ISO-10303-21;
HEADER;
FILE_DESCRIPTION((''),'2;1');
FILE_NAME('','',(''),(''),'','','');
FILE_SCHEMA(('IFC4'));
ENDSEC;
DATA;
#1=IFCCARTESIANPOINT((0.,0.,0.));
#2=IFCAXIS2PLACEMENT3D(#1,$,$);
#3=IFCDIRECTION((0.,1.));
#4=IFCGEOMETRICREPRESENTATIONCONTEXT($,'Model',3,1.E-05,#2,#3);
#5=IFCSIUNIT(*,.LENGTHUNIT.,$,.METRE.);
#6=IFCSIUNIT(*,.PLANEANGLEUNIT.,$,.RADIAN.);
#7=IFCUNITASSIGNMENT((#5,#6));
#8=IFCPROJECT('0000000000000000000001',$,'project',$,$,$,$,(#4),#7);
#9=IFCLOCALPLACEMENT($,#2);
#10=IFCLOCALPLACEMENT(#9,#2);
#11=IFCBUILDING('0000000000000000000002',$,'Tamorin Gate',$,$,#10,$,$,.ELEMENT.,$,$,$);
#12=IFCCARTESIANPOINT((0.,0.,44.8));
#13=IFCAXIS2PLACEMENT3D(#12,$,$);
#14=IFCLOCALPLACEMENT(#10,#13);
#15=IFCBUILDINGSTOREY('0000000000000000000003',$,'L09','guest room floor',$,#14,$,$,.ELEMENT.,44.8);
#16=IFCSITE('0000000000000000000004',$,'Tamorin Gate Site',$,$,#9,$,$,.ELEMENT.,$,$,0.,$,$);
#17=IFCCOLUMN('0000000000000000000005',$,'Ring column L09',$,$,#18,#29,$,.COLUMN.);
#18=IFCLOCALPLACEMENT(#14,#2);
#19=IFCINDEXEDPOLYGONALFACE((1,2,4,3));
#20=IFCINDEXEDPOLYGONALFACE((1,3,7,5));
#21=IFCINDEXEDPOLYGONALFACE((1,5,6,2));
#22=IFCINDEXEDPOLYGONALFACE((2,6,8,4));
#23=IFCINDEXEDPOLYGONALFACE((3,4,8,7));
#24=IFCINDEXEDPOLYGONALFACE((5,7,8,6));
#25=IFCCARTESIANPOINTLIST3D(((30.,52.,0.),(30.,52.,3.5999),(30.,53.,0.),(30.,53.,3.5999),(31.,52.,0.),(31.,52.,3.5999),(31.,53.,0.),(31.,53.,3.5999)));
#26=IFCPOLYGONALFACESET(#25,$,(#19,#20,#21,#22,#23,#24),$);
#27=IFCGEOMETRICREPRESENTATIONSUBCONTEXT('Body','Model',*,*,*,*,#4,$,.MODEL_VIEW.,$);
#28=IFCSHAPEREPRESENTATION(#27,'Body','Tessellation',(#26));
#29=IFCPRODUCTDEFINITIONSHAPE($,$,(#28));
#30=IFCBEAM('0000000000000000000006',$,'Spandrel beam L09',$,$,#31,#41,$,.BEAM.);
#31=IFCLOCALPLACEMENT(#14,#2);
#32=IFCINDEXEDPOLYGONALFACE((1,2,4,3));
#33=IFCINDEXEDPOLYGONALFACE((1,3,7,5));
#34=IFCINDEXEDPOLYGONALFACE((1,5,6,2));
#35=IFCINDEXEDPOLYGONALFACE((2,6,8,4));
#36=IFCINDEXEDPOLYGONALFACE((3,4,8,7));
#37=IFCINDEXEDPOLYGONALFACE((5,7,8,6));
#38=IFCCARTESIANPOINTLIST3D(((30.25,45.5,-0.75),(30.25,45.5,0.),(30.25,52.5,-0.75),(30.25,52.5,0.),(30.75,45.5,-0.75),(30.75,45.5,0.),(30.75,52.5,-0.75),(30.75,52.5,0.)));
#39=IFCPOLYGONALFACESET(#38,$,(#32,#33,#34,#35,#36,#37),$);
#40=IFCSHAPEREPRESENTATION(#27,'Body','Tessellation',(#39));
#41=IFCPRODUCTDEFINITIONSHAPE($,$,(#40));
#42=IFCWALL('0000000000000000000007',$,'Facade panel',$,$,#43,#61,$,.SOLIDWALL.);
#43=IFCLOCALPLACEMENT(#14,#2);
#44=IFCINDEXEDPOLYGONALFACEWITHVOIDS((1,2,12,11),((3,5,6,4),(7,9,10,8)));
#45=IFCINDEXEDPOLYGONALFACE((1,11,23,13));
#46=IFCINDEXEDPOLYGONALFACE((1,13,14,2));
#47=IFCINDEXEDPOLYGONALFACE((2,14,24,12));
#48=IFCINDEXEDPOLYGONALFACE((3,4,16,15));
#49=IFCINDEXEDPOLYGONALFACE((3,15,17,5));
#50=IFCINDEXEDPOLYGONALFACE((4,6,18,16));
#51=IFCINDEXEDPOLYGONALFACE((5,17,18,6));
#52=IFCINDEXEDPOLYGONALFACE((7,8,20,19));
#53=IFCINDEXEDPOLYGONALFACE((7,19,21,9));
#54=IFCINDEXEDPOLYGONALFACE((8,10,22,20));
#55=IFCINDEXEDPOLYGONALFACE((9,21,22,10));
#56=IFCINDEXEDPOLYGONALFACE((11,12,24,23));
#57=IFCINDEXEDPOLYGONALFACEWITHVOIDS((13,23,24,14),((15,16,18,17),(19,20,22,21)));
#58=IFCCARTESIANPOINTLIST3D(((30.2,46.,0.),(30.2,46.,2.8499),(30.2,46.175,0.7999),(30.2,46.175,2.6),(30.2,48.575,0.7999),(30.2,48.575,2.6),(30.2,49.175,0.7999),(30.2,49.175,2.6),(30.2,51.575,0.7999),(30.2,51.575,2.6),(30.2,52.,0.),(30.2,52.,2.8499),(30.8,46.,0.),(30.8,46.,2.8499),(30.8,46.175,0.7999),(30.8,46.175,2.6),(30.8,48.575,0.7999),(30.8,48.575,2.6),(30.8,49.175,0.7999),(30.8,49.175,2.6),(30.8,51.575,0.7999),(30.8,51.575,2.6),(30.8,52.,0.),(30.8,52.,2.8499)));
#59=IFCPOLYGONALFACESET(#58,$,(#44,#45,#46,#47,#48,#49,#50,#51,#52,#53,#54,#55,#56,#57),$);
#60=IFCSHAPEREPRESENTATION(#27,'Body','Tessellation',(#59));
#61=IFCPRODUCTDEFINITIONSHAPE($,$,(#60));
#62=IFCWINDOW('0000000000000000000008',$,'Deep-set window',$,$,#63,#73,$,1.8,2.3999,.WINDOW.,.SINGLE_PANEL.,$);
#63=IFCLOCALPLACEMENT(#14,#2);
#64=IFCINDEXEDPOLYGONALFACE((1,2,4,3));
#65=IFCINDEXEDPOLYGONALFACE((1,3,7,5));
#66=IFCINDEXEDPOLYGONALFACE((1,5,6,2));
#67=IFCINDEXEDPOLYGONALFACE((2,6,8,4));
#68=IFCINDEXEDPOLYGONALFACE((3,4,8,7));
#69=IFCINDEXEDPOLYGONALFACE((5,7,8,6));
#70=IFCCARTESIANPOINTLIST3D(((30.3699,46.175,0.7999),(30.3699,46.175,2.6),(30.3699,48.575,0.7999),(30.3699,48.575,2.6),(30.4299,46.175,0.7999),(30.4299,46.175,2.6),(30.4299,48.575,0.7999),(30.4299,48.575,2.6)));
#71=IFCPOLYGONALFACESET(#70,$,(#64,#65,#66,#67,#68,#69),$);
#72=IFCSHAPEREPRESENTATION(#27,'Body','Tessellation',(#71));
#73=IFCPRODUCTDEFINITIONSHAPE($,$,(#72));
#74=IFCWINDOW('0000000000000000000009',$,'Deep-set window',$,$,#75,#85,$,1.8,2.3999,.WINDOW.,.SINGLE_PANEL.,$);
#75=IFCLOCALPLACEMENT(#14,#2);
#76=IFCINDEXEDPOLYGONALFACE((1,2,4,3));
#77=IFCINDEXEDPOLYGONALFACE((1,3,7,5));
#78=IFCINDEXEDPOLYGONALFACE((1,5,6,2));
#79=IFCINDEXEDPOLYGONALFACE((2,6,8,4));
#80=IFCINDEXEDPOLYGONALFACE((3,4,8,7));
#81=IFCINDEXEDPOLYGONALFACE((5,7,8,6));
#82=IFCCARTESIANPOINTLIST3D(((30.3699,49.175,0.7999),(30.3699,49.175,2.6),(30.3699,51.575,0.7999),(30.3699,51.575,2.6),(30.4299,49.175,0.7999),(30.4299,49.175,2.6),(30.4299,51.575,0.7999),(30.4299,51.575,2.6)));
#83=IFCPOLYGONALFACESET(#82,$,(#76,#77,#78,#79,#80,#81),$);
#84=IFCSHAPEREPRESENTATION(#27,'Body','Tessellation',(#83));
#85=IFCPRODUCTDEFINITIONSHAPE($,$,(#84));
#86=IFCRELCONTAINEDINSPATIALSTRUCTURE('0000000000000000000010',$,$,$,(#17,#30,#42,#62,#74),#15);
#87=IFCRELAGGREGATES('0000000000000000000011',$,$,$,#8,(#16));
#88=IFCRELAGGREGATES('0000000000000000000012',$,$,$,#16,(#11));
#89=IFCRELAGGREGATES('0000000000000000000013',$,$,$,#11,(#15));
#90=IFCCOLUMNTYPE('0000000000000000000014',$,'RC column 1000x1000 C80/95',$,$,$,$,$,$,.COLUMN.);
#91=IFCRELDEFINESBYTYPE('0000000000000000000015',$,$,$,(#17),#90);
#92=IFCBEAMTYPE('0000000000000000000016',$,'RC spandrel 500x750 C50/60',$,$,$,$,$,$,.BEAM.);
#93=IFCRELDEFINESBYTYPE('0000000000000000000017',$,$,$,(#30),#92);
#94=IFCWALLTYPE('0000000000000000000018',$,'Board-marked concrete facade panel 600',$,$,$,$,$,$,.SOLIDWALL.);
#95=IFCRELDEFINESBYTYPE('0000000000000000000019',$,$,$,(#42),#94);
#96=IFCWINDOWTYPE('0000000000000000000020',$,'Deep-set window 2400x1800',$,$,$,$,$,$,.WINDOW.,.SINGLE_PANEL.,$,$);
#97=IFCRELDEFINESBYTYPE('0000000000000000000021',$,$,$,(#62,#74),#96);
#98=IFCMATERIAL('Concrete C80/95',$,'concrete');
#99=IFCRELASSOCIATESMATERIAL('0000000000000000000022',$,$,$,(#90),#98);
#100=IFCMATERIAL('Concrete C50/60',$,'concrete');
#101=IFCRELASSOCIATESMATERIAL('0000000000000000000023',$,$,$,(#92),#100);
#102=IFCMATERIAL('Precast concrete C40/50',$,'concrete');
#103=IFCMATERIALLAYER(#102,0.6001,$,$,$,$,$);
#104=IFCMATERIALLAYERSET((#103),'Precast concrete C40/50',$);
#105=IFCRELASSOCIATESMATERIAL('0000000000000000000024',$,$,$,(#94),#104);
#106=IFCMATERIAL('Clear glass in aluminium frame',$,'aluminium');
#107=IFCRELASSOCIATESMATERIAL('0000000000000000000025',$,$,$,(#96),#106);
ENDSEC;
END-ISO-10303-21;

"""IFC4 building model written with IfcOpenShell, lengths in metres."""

from ifc_helpers import new_model, si_unit, direction, frame, frame_2d, origin, origin_2d, place, context, subcontext, project, spatial, rectangle, extrude, material, layer, layer_set, material_profile, profile_set, type_object, element, fill, save


model = new_model("IFC4")

# Units and contexts
model_context = context("Model", 3, precision=1e-05, world=origin(), true_north=direction((0.0, 1.0)))
body_context = subcontext(model_context, "Body", "Model", "MODEL_VIEW")
ifc_project = project(units=[si_unit("LENGTHUNIT", "METRE"), si_unit("PLANEANGLEUNIT", "RADIAN")], contexts=[model_context])

# Site, building, storey
site_placement = place(None, origin())
site = spatial("IfcSite", under=ifc_project, at=site_placement, Name="Tamorin Gate Site", CompositionType="ELEMENT", RefElevation=0.0)
building_placement = place(site_placement, origin())
building = spatial("IfcBuilding", under=site, at=building_placement, Name="Tamorin Gate", CompositionType="ELEMENT")
storey_placement = place(building_placement, frame((0.0, 0.0, 44.8)))
storey = spatial("IfcBuildingStorey", under=building, at=storey_placement, Name="L09", Description="guest room floor", CompositionType="ELEMENT", Elevation=44.8)

# Column
ifc_material_1 = material(Name="Concrete C80/95", Category="concrete")
ifc_material_profile_1 = material_profile(ifc_material_1, rectangle(XDim=1.0, YDim=1.0, at=origin_2d()), Name="RC 1000x1000")
ifc_profile_set_1 = profile_set([ifc_material_profile_1], Name="Concrete C80/95")
column_type = type_object("IfcColumnType", Name="RC column 1000x1000 C80/95", PredefinedType="COLUMN", material=ifc_profile_set_1)
column_placement = place(storey_placement, frame((30.5, 52.5, 0.0), z_axis=(0.0, 0.0, 1.0), x_axis=(1.0, 0.0, 0.0)))
element("IfcColumn", 1, at=column_placement, inside=storey, type_object=column_type, Name="Ring column L09", PredefinedType="COLUMN", context=body_context, shape_type="SweptSolid", body=[
    extrude(rectangle(XDim=1.0, YDim=1.0, at=origin_2d()), origin(), (0.0, 0.0, 1.0), 3.5999),
])

# Beam
ifc_material_2 = material(Name="Concrete C50/60", Category="concrete")
ifc_material_profile_2 = material_profile(ifc_material_2, rectangle(XDim=0.5, YDim=0.75, at=origin_2d()), Name="RC 500x750")
ifc_profile_set_2 = profile_set([ifc_material_profile_2], Name="Concrete C50/60")
beam_type = type_object("IfcBeamType", Name="RC spandrel 500x750 C50/60", PredefinedType="BEAM", material=ifc_profile_set_2)
beam_placement = place(storey_placement, frame((30.5, 52.5, -0.375), z_axis=(0.0, -1.0, 0.0), x_axis=(1.0, 0.0, 0.0)))
element("IfcBeam", 2, at=beam_placement, inside=storey, type_object=beam_type, Name="Spandrel beam L09", PredefinedType="BEAM", context=body_context, shape_type="SweptSolid", body=[
    extrude(rectangle(XDim=0.5, YDim=0.75, at=origin_2d()), origin(), (0.0, 0.0, 1.0), 7.0),
])

# Wall, openings, windows
ifc_material_3 = material(Name="Precast concrete C40/50", Category="concrete")
ifc_layer_1 = layer(ifc_material_3, 0.6001)
ifc_layer_set_1 = layer_set([ifc_layer_1], Name="Precast concrete C40/50")
wall_type_1 = type_object("IfcWallType", Name="Board-marked concrete facade panel 600", PredefinedType="SOLIDWALL", material=ifc_layer_set_1)
wall_1_placement = place(storey_placement, frame((30.5, 52.0, 0.0), z_axis=(0.0, 0.0, 1.0), x_axis=(0.0, -1.0, 0.0)))
wall_1 = element("IfcWall", 3, at=wall_1_placement, inside=storey, type_object=wall_type_1, Name="Facade panel", PredefinedType="SOLIDWALL", context=body_context, shape_type="SweptSolid", body=[
    extrude(rectangle(XDim=6.0, YDim=0.6001, at=frame_2d((3.0, 0.0))), origin(), (0.0, 0.0, 1.0), 2.8499),
])
opening_1_placement = place(wall_1_placement, frame((3.425, 0.0, 0.8)))
opening_1 = element("IfcOpeningElement", 4, at=opening_1_placement, cuts=wall_1, PredefinedType="OPENING", context=body_context, shape_type="SweptSolid", body=[
    extrude(rectangle(XDim=2.3999, YDim=1.8, at=frame_2d((1.2, 0.8999))), frame((0.0, 0.3101, 0.0), z_axis=(0.0, -1.0, 0.0), x_axis=(1.0, 0.0, 0.0)), (0.0, 0.0, 1.0), 0.6201),
])
opening_2_placement = place(wall_1_placement, frame((0.425, 0.0, 0.8)))
opening_2 = element("IfcOpeningElement", 5, at=opening_2_placement, cuts=wall_1, PredefinedType="OPENING", context=body_context, shape_type="SweptSolid", body=[
    extrude(rectangle(XDim=2.3999, YDim=1.8, at=frame_2d((1.2, 0.8999))), frame((0.0, 0.3101, 0.0), z_axis=(0.0, -1.0, 0.0), x_axis=(1.0, 0.0, 0.0)), (0.0, 0.0, 1.0), 0.6201),
])
ifc_material_4 = material(Name="Clear glass in aluminium frame", Category="aluminium")
window_type = type_object("IfcWindowType", Name="Deep-set window 2400x1800", PartitioningType="SINGLE_PANEL", PredefinedType="WINDOW", material=ifc_material_4)
window_1_placement = place(opening_1_placement, origin())
window_1 = element("IfcWindow", 6, at=window_1_placement, inside=storey, type_object=window_type, Name="Deep-set window", OverallHeight=1.8, OverallWidth=2.3999, PartitioningType="SINGLE_PANEL", PredefinedType="WINDOW", context=body_context, shape_type="SweptSolid", body=[
    extrude(rectangle(XDim=2.3999, YDim=1.8, at=frame_2d((1.2, 0.8999))), frame((0.0, -0.0701, 0.0), z_axis=(0.0, -1.0, 0.0), x_axis=(1.0, 0.0, 0.0)), (0.0, 0.0, 1.0), 0.0601),
])
fill(opening_1, window_1)
window_2_placement = place(opening_2_placement, origin())
window_2 = element("IfcWindow", 7, at=window_2_placement, inside=storey, type_object=window_type, Name="Deep-set window", OverallHeight=1.8, OverallWidth=2.3999, PartitioningType="SINGLE_PANEL", PredefinedType="WINDOW", context=body_context, shape_type="SweptSolid", body=[
    extrude(rectangle(XDim=2.3999, YDim=1.8, at=frame_2d((1.2, 0.8999))), frame((0.0, -0.0701, 0.0), z_axis=(0.0, -1.0, 0.0), x_axis=(1.0, 0.0, 0.0)), (0.0, 0.0, 1.0), 0.0601),
])
fill(opening_2, window_2)

save(model, "model.ifc")
